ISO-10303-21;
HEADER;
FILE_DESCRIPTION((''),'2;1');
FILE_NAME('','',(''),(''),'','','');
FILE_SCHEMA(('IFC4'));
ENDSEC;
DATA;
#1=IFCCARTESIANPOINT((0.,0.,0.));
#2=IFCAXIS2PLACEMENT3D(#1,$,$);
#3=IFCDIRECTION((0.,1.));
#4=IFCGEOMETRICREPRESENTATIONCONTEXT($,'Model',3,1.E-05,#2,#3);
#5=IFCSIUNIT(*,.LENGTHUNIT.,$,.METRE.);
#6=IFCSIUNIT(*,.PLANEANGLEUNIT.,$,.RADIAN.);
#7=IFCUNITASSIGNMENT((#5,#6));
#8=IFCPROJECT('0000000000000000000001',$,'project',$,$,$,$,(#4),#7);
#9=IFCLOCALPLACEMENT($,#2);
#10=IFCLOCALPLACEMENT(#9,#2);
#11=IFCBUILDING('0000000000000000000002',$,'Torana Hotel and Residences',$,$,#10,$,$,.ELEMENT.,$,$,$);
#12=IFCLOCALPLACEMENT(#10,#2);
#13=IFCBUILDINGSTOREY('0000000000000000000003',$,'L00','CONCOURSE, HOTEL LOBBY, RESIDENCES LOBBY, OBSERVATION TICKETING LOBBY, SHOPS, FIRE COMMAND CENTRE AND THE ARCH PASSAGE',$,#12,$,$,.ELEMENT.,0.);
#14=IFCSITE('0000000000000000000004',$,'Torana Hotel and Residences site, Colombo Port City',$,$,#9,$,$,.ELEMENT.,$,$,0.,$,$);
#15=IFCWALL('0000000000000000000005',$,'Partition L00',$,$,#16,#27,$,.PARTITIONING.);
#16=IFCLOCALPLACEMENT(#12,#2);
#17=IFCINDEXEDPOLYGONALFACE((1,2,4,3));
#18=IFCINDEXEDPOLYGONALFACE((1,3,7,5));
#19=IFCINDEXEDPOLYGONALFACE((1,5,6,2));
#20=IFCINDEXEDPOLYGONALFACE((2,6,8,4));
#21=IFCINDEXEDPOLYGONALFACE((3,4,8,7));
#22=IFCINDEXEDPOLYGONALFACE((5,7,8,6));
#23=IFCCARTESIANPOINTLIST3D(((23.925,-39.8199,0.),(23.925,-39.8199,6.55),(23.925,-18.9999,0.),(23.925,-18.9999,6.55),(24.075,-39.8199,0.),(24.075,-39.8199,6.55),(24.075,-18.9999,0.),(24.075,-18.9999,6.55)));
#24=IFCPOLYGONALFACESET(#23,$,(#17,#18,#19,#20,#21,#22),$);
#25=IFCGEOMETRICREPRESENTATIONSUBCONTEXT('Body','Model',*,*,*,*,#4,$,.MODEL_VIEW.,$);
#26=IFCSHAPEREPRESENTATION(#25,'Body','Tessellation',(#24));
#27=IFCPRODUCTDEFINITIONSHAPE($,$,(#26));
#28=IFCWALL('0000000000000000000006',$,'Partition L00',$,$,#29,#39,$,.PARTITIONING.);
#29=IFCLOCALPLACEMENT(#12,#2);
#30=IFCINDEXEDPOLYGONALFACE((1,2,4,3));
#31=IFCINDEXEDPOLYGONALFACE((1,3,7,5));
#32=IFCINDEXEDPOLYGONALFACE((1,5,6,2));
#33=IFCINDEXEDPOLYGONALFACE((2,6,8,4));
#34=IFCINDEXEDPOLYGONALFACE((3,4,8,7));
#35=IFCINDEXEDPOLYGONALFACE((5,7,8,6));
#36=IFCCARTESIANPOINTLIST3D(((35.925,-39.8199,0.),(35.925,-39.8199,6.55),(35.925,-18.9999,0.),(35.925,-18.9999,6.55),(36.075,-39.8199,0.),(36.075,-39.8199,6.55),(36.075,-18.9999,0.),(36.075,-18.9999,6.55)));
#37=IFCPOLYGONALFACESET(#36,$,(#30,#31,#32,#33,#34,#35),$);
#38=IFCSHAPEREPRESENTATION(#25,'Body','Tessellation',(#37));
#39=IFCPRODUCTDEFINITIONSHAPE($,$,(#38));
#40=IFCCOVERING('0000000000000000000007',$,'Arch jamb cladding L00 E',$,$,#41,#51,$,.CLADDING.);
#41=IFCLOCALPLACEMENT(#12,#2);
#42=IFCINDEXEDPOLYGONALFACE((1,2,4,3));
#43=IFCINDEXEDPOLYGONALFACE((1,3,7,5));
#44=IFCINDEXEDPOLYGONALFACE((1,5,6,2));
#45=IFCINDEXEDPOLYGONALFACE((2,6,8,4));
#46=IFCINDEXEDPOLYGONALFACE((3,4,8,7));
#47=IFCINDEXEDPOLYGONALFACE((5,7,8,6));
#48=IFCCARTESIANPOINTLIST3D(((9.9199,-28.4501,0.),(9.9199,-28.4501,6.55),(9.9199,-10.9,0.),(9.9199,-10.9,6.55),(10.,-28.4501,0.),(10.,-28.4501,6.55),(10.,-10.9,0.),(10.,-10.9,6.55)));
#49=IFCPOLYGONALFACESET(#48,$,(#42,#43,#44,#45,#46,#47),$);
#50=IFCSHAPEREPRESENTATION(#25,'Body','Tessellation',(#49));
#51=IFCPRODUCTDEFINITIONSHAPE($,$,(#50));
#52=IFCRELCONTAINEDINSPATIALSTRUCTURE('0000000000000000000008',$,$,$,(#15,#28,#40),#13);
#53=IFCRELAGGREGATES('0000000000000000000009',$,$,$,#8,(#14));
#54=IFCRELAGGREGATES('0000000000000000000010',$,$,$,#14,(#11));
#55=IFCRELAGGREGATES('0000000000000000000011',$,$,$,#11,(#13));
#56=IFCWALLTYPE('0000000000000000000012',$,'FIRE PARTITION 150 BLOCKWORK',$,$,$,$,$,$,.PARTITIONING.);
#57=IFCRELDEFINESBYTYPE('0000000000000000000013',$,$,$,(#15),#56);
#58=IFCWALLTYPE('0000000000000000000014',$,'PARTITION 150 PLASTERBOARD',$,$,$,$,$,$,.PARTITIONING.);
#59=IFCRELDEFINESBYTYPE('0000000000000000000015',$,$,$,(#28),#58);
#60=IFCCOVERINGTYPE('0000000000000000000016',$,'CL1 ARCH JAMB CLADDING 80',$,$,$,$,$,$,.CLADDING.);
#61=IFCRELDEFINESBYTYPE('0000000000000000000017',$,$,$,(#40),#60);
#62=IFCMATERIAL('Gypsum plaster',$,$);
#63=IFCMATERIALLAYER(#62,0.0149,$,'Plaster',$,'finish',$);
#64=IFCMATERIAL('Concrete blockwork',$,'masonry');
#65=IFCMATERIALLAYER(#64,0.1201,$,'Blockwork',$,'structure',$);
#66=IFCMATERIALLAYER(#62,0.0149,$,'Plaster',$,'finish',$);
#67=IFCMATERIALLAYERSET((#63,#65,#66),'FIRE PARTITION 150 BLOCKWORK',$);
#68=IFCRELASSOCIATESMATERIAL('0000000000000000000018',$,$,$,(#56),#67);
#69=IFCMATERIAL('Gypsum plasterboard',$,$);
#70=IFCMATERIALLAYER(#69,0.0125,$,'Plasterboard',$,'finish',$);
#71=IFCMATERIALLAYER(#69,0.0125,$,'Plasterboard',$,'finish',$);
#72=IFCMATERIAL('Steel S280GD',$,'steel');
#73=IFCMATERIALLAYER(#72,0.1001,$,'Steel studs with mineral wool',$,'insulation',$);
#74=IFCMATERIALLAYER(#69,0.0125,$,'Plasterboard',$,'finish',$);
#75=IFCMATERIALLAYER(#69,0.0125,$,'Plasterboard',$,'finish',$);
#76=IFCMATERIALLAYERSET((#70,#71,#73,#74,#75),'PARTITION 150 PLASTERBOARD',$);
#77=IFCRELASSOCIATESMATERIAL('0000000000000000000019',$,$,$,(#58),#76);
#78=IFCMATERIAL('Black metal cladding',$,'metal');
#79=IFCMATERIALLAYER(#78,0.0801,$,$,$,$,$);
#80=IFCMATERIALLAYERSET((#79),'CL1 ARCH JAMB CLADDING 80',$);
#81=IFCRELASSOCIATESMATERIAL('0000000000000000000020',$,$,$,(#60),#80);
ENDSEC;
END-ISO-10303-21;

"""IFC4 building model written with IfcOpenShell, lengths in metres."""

from ifc_helpers import new_model, si_unit, direction, frame, frame_2d, origin, place, context, subcontext, project, spatial, rectangle, extrude, material, layer, layer_set, type_object, element, save


model = new_model("IFC4")

# Units and contexts
model_context = context("Model", 3, precision=1e-05, world=origin(), true_north=direction((0.0, 1.0)))
body_context = subcontext(model_context, "Body", "Model", "MODEL_VIEW")
ifc_project = project(units=[si_unit("LENGTHUNIT", "METRE"), si_unit("PLANEANGLEUNIT", "RADIAN")], contexts=[model_context])

# Site, building, storey
site_placement = place(None, origin())
site = spatial("IfcSite", under=ifc_project, at=site_placement, Name="Torana Hotel and Residences site, Colombo Port City", CompositionType="ELEMENT", RefElevation=0.0)
building_placement = place(site_placement, origin())
building = spatial("IfcBuilding", under=site, at=building_placement, Name="Torana Hotel and Residences", CompositionType="ELEMENT")
storey_placement = place(building_placement, origin())
storey = spatial("IfcBuildingStorey", under=building, at=storey_placement, Name="L00", Description="CONCOURSE, HOTEL LOBBY, RESIDENCES LOBBY, OBSERVATION TICKETING LOBBY, SHOPS, FIRE COMMAND CENTRE AND THE ARCH PASSAGE", CompositionType="ELEMENT", Elevation=0.0)

# Walls
ifc_material_1 = material(Name="Gypsum plaster")
ifc_layer_1 = layer(ifc_material_1, 0.0149, Name="Plaster", Category="finish")
ifc_material_2 = material(Name="Concrete blockwork", Category="masonry")
ifc_layer_2 = layer(ifc_material_2, 0.1201, Name="Blockwork", Category="structure")
ifc_layer_3 = layer(ifc_material_1, 0.0149, Name="Plaster", Category="finish")
ifc_layer_set_1 = layer_set([ifc_layer_1, ifc_layer_2, ifc_layer_3], Name="FIRE PARTITION 150 BLOCKWORK")
wall_type_1 = type_object("IfcWallType", Name="FIRE PARTITION 150 BLOCKWORK", PredefinedType="PARTITIONING", material=ifc_layer_set_1)
wall_1_placement = place(storey_placement, frame((24.0, -39.8201, 0.0), z_axis=(0.0, 0.0, 1.0), x_axis=(0.0, 1.0, 0.0)))
element("IfcWall", 1, at=wall_1_placement, inside=storey, type_object=wall_type_1, Name="Partition L00", PredefinedType="PARTITIONING", context=body_context, shape_type="SweptSolid", body=[
    extrude(rectangle(XDim=20.8201, YDim=0.1499, at=frame_2d((10.4102, 0.0))), origin(), (0.0, 0.0, 1.0), 6.55),
])
ifc_material_3 = material(Name="Gypsum plasterboard")
ifc_layer_4 = layer(ifc_material_3, 0.0125, Name="Plasterboard", Category="finish")
ifc_layer_5 = layer(ifc_material_3, 0.0125, Name="Plasterboard", Category="finish")
ifc_material_4 = material(Name="Steel S280GD", Category="steel")
ifc_layer_6 = layer(ifc_material_4, 0.1001, Name="Steel studs with mineral wool", Category="insulation")
ifc_layer_7 = layer(ifc_material_3, 0.0125, Name="Plasterboard", Category="finish")
ifc_layer_8 = layer(ifc_material_3, 0.0125, Name="Plasterboard", Category="finish")
ifc_layer_set_2 = layer_set([ifc_layer_4, ifc_layer_5, ifc_layer_6, ifc_layer_7, ifc_layer_8], Name="PARTITION 150 PLASTERBOARD")
wall_type_2 = type_object("IfcWallType", Name="PARTITION 150 PLASTERBOARD", PredefinedType="PARTITIONING", material=ifc_layer_set_2)
wall_2_placement = place(storey_placement, frame((36.0, -39.8201, 0.0), z_axis=(0.0, 0.0, 1.0), x_axis=(0.0, 1.0, 0.0)))
element("IfcWall", 2, at=wall_2_placement, inside=storey, type_object=wall_type_2, Name="Partition L00", PredefinedType="PARTITIONING", context=body_context, shape_type="SweptSolid", body=[
    extrude(rectangle(XDim=20.8201, YDim=0.1499, at=frame_2d((10.4102, 0.0))), origin(), (0.0, 0.0, 1.0), 6.55),
])

# Covering
ifc_material_5 = material(Name="Black metal cladding", Category="metal")
ifc_layer_9 = layer(ifc_material_5, 0.0801)
ifc_layer_set_3 = layer_set([ifc_layer_9], Name="CL1 ARCH JAMB CLADDING 80")
covering_type = type_object("IfcCoveringType", Name="CL1 ARCH JAMB CLADDING 80", PredefinedType="CLADDING", material=ifc_layer_set_3)
covering_placement = place(storey_placement, frame((9.96, -28.45, 0.0), z_axis=(0.0, 0.0, 1.0), x_axis=(0.0, 1.0, 0.0)))
element("IfcCovering", 3, at=covering_placement, inside=storey, type_object=covering_type, Name="Arch jamb cladding L00 E", PredefinedType="CLADDING", context=body_context, shape_type="SweptSolid", body=[
    extrude(rectangle(XDim=17.55, YDim=0.0801, at=frame_2d((8.7749, 0.0))), origin(), (0.0, 0.0, 1.0), 6.55),
])

save(model, "model.ifc")
